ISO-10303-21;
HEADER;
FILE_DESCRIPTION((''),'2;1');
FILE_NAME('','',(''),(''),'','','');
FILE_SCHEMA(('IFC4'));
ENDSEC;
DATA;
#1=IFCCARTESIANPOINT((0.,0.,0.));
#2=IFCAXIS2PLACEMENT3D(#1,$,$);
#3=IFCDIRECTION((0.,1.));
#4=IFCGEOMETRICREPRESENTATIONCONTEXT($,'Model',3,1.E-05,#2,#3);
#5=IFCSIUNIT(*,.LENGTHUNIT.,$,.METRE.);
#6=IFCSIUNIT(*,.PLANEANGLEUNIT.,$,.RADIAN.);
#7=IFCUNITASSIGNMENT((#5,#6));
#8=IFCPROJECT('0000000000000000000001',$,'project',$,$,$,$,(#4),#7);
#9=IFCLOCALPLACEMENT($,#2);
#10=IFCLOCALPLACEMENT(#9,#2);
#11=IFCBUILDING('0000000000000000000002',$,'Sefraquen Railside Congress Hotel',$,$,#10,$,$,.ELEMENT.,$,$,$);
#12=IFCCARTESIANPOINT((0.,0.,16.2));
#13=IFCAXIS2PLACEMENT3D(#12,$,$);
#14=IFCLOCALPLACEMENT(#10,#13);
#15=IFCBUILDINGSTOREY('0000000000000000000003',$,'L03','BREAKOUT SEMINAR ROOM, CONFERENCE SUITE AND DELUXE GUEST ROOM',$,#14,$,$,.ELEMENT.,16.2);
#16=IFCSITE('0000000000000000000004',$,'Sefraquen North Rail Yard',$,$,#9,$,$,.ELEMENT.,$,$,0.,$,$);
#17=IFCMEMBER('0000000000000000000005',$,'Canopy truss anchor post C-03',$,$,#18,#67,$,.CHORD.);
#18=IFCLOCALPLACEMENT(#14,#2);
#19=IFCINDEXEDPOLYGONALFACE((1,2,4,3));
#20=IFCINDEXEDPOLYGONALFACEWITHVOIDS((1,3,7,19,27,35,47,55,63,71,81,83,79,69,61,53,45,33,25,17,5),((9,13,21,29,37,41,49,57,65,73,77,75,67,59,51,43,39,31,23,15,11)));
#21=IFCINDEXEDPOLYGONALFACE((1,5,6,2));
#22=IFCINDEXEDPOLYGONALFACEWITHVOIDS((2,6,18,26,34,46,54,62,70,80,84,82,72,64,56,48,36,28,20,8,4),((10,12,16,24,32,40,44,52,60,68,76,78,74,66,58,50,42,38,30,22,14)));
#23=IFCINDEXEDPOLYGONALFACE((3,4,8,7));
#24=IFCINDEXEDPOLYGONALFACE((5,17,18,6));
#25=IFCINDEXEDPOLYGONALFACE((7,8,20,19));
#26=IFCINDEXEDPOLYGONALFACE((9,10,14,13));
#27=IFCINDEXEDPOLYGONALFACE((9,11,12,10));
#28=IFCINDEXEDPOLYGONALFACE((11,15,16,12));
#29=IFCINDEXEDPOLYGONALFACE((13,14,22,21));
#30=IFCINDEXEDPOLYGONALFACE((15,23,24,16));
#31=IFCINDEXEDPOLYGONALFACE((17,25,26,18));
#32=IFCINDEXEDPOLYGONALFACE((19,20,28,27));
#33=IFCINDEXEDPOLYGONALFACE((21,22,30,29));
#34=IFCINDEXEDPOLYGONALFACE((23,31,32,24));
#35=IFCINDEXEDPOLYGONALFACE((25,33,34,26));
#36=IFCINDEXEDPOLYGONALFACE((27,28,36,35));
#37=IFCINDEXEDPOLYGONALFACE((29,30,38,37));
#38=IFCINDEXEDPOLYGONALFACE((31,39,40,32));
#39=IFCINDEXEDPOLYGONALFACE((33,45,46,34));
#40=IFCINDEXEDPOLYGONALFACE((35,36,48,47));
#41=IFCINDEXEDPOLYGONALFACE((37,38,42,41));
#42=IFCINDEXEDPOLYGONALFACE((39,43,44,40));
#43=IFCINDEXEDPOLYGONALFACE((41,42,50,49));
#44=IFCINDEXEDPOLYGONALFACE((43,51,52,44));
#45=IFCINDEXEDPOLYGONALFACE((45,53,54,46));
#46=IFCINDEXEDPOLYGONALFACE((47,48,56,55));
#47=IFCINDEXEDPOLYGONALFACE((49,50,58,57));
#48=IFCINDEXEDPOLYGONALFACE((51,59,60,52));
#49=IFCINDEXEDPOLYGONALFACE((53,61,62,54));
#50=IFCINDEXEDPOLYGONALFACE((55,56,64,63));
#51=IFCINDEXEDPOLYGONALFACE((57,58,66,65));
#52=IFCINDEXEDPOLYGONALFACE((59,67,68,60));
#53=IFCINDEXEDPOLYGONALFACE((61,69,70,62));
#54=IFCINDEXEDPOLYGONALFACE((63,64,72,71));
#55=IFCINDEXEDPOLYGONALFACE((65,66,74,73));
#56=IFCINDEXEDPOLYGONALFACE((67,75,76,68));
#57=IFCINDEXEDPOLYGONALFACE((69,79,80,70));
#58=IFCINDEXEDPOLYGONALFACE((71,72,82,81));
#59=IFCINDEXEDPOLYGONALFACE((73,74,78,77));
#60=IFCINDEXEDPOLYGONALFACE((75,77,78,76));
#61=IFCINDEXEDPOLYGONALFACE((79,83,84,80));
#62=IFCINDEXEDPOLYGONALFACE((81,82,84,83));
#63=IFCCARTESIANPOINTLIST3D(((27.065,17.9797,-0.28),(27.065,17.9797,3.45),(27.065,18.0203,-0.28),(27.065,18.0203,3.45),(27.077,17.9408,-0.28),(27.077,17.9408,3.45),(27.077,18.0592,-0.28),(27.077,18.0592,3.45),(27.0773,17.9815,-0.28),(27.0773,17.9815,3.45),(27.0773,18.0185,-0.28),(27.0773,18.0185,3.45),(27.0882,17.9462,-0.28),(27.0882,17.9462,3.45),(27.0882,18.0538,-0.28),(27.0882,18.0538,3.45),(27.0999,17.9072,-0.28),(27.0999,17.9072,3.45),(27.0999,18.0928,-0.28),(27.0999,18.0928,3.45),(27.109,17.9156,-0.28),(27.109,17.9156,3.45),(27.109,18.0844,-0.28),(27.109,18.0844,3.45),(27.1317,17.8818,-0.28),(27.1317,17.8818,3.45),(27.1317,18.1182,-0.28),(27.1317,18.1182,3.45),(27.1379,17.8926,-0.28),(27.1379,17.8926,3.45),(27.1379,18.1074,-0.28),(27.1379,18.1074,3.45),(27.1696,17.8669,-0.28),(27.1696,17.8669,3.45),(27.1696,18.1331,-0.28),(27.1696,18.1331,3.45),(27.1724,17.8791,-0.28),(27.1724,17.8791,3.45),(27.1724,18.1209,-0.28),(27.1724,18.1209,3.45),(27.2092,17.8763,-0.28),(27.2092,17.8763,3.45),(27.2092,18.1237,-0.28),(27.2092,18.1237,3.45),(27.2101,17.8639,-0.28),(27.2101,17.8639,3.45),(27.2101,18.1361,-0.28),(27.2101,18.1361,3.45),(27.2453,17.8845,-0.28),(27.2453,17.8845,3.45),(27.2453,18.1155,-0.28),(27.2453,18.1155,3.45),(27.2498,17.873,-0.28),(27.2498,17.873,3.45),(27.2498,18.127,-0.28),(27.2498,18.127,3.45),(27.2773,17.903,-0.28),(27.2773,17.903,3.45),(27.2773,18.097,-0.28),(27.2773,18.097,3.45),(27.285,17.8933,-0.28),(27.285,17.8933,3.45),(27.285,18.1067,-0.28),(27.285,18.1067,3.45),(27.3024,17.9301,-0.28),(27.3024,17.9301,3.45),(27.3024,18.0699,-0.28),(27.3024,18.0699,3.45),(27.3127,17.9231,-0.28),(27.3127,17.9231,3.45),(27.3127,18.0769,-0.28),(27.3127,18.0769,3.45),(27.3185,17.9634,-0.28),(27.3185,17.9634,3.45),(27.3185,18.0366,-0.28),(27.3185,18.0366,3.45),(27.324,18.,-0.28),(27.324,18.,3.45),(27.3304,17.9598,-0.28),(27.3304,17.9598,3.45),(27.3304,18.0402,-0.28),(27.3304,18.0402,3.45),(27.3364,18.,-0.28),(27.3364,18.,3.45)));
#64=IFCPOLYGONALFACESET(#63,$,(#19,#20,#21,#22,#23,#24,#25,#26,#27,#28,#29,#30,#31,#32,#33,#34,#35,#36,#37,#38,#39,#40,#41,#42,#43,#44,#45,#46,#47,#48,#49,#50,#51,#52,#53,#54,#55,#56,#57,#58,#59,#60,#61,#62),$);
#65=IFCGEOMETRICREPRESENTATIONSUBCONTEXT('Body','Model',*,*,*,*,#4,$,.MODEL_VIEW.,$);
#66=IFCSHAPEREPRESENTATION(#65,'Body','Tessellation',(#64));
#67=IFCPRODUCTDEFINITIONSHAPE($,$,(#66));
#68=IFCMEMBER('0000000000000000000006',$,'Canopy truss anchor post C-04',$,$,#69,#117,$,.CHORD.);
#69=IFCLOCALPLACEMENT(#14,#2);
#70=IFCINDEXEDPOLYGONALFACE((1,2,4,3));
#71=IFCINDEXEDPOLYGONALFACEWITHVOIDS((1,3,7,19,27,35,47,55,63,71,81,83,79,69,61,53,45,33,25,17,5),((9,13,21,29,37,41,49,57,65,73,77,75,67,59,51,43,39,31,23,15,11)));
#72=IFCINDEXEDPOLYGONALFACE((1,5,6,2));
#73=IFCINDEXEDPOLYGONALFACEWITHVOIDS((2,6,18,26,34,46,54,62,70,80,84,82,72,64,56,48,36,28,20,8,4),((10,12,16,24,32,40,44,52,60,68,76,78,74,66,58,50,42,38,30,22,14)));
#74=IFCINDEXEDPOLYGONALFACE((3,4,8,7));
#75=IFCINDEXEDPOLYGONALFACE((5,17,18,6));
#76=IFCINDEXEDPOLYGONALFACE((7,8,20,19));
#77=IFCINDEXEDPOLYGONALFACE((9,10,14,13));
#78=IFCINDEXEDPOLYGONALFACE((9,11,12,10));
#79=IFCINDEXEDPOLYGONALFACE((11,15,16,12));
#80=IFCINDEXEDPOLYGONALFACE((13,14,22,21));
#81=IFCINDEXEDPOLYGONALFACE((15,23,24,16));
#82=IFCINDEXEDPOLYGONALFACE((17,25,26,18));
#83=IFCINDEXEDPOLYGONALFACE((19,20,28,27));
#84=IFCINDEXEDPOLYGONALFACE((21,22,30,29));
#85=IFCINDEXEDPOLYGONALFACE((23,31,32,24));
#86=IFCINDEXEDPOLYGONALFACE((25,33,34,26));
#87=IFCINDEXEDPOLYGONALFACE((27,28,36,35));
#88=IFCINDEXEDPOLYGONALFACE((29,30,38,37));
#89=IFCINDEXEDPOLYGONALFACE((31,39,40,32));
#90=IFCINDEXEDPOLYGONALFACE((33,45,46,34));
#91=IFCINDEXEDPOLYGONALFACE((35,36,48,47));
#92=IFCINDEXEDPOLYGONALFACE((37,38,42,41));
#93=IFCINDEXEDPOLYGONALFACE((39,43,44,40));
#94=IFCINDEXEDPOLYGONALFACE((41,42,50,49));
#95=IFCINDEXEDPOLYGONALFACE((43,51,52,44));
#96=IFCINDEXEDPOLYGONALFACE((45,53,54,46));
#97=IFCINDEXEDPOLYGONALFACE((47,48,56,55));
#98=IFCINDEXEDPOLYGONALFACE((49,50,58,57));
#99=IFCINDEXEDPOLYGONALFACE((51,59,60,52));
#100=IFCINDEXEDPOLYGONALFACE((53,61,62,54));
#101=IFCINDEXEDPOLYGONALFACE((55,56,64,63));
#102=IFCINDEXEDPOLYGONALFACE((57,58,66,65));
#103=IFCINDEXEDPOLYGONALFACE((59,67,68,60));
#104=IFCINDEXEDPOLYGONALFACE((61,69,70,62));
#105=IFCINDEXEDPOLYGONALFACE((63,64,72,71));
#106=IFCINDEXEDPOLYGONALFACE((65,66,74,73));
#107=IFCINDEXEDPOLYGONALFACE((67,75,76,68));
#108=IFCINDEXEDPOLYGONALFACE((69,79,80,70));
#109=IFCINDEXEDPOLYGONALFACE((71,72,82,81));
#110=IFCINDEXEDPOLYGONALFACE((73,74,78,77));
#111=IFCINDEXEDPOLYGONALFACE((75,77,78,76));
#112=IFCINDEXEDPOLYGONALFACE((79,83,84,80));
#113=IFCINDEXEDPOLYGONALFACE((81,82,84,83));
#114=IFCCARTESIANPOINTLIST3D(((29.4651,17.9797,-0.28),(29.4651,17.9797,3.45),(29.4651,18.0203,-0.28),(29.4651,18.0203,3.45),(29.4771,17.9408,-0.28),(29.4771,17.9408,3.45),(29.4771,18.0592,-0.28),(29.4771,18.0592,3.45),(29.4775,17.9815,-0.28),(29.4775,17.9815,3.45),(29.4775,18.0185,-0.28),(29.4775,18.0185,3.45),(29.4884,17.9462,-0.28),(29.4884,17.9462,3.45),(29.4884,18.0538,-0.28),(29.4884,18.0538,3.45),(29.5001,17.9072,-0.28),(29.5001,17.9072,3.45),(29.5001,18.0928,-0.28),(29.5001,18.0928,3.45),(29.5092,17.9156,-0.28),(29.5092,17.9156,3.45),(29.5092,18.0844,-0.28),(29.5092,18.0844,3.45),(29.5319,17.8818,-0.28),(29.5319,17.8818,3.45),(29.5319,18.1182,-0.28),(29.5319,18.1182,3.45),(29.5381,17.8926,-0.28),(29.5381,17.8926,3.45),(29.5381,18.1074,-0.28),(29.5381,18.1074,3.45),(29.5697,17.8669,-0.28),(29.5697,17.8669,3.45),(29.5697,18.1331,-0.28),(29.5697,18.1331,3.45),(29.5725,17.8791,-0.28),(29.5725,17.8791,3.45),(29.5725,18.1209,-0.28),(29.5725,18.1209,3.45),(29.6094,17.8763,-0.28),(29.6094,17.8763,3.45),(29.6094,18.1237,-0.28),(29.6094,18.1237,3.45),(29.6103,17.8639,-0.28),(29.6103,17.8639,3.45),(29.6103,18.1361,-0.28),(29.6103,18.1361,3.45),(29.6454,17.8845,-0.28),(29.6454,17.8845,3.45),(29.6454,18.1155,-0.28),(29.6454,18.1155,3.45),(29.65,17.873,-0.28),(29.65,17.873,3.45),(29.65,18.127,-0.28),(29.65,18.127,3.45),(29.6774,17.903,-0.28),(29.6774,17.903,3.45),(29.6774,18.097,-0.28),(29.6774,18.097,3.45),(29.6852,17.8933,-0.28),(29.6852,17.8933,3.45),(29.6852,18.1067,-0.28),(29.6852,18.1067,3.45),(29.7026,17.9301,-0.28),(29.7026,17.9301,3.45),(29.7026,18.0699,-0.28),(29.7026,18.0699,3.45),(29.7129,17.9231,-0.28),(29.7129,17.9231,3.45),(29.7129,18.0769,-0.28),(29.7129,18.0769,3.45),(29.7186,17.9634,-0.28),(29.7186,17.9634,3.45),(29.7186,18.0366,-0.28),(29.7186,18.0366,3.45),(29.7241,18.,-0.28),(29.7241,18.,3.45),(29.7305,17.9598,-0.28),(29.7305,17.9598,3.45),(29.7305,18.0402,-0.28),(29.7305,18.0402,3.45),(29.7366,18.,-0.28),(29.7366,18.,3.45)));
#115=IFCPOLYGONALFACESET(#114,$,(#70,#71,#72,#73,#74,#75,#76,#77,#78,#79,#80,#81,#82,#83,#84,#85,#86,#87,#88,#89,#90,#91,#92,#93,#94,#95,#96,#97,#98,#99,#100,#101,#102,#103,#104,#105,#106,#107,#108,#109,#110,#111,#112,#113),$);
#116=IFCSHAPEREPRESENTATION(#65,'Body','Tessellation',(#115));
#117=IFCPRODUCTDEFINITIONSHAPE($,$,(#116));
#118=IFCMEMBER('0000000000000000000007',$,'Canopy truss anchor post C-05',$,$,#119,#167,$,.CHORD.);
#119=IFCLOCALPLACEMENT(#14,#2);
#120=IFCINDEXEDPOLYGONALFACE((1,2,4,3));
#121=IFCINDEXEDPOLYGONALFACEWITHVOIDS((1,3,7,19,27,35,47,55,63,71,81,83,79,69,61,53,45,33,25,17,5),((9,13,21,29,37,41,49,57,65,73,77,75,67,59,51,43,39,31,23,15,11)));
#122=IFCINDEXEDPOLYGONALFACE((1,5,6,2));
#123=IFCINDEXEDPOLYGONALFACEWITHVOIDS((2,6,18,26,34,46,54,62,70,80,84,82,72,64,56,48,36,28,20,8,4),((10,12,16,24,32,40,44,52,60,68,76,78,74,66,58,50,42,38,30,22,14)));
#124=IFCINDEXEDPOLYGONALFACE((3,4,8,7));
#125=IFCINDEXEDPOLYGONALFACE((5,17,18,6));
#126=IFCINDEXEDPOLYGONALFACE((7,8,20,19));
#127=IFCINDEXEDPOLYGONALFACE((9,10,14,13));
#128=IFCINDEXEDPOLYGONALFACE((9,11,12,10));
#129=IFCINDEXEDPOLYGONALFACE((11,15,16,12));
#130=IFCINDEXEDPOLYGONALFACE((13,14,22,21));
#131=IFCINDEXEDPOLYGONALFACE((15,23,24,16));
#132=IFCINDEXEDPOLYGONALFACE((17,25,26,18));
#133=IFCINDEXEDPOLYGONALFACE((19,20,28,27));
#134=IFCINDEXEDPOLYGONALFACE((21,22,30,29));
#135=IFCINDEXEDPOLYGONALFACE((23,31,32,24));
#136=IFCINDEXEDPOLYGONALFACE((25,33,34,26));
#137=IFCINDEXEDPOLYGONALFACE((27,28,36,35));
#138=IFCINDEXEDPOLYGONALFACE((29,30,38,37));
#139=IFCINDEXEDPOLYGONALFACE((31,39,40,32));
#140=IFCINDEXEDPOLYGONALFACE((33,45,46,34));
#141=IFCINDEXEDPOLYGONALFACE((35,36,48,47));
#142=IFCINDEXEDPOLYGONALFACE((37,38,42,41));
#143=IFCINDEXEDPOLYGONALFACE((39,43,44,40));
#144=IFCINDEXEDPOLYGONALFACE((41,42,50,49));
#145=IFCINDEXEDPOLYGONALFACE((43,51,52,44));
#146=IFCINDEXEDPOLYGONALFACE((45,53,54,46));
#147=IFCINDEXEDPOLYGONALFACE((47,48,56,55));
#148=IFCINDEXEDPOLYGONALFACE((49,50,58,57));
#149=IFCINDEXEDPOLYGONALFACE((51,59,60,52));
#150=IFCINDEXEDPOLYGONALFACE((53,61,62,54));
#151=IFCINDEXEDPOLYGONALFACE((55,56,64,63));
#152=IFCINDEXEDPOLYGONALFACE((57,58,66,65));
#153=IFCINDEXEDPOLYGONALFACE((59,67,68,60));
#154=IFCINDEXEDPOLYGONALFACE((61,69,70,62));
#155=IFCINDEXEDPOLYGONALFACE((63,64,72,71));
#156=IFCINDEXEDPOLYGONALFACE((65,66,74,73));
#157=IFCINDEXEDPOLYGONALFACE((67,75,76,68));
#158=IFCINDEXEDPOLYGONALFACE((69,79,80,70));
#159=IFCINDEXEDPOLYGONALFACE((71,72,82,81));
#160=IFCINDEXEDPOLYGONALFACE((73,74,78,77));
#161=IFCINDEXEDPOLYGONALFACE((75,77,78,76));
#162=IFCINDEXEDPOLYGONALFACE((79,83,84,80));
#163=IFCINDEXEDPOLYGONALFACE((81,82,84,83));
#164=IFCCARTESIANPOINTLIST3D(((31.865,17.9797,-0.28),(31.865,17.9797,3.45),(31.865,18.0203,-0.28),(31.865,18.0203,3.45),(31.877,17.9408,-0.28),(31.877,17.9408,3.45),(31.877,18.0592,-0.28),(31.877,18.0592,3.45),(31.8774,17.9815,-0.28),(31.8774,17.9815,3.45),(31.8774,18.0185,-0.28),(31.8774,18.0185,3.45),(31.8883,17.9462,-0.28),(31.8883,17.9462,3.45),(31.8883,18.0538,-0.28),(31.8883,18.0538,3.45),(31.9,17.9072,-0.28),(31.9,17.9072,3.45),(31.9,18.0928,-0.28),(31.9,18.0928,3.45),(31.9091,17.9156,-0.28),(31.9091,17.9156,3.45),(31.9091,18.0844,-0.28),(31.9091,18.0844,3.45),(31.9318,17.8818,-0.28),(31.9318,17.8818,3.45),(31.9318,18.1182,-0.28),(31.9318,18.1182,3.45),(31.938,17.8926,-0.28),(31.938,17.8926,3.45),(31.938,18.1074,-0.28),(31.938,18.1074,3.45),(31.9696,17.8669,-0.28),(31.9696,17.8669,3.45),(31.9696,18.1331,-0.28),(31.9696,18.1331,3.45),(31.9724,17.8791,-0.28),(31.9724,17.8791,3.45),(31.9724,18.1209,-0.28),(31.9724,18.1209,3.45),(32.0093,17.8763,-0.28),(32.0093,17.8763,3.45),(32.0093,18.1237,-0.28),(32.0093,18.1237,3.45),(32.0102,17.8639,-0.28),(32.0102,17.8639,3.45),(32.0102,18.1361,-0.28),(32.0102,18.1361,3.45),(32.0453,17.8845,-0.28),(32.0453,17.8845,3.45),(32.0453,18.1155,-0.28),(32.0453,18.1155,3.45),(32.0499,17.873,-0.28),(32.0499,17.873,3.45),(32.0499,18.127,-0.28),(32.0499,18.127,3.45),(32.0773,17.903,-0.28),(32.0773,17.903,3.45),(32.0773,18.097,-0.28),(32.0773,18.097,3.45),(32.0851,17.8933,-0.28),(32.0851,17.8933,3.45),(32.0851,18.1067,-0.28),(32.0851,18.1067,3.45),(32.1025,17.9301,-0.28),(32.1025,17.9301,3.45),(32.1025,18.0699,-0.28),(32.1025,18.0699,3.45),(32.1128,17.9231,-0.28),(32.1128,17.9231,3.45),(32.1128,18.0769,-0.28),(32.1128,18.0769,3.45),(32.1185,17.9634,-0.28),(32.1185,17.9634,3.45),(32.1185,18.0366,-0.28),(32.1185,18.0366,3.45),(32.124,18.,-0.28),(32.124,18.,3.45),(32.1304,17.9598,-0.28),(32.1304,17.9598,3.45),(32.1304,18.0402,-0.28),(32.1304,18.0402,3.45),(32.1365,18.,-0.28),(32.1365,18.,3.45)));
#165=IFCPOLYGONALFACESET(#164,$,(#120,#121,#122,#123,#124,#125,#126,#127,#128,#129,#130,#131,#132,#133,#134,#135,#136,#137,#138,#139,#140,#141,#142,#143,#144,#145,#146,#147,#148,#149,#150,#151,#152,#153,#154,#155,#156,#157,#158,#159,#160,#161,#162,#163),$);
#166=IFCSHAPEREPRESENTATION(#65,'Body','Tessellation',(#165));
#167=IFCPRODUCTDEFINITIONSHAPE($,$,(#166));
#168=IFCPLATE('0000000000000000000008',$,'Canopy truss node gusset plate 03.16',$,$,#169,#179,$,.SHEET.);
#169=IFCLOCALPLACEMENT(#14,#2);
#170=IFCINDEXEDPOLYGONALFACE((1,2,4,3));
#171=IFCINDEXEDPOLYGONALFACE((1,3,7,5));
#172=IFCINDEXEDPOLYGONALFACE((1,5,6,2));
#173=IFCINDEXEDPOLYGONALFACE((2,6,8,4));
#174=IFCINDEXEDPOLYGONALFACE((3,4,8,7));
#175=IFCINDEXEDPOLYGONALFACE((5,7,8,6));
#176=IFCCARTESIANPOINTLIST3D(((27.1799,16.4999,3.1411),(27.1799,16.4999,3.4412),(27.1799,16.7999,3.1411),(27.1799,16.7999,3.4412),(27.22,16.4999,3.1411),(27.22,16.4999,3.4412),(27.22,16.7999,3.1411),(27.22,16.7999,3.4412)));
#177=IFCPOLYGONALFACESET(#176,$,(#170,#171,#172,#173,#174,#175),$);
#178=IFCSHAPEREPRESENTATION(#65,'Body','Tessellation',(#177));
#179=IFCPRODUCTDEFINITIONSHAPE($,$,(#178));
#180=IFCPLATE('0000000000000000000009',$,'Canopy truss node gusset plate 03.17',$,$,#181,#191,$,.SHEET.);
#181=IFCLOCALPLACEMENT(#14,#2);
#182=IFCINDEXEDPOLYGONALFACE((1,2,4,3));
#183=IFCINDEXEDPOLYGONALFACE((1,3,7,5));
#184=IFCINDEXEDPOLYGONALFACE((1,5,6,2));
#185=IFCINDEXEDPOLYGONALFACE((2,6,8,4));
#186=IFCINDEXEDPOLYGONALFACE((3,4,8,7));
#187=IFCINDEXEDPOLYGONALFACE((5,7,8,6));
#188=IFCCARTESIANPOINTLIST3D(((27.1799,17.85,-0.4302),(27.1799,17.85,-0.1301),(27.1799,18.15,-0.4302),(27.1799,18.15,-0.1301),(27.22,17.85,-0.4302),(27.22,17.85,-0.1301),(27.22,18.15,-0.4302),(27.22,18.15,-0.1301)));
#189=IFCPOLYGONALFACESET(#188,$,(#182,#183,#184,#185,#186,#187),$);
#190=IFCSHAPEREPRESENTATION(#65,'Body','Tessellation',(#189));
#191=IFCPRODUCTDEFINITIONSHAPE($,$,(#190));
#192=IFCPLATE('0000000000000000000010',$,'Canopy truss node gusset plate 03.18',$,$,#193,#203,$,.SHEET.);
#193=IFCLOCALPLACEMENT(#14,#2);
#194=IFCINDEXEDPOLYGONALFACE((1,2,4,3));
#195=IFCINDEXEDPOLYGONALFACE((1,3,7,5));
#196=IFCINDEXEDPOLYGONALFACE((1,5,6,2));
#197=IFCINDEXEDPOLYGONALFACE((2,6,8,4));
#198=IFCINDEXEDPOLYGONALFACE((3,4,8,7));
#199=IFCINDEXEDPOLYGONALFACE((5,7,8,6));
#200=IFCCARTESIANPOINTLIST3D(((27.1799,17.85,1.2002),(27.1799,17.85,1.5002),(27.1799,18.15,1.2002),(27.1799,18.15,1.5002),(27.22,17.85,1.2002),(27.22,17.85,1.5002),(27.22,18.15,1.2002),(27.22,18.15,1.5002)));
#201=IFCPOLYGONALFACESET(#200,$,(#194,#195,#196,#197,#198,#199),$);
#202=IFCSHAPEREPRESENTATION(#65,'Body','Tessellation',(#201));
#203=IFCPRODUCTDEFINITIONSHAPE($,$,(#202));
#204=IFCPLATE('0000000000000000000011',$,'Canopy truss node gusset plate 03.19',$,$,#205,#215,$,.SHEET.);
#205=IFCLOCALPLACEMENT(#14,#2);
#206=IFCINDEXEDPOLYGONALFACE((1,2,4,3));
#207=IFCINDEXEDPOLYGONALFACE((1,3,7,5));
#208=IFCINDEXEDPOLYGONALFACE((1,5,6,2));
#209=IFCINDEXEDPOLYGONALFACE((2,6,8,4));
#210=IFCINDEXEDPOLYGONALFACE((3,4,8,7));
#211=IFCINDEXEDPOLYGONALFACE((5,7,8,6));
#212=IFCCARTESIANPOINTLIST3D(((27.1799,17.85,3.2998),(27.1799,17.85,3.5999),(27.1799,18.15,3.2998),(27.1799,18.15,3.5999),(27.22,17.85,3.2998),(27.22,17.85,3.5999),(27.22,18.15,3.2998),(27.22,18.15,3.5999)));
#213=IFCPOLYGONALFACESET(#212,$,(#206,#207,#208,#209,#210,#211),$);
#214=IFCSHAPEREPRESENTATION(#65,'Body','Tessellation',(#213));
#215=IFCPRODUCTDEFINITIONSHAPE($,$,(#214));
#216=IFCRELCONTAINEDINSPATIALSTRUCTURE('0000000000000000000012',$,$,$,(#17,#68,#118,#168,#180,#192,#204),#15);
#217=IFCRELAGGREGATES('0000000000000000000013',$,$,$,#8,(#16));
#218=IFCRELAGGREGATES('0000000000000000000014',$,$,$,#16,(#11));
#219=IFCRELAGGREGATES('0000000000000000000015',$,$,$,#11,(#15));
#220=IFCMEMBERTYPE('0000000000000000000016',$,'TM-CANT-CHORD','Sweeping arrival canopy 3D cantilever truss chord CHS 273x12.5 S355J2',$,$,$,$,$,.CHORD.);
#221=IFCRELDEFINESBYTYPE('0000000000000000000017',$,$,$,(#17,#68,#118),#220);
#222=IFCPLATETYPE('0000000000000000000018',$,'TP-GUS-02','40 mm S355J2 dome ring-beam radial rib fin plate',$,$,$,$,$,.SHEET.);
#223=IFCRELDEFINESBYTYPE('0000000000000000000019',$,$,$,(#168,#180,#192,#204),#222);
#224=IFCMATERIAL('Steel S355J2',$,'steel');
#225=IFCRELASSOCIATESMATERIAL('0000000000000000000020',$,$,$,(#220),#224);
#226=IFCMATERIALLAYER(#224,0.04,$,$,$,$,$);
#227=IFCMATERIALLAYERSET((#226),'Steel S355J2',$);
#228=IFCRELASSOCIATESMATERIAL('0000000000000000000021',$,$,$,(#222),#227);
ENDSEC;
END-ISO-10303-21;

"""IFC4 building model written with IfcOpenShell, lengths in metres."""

from ifc_helpers import new_model, si_unit, direction, frame, origin, origin_2d, place, context, subcontext, project, spatial, rectangle, hollow_circle, extrude, material, layer, layer_set, material_profile, profile_set, type_object, element, save


model = new_model("IFC4")

# Units and contexts
model_context = context("Model", 3, precision=1e-05, world=origin(), true_north=direction((0.0, 1.0)))
body_context = subcontext(model_context, "Body", "Model", "MODEL_VIEW")
ifc_project = project(units=[si_unit("LENGTHUNIT", "METRE"), si_unit("PLANEANGLEUNIT", "RADIAN")], contexts=[model_context])

# Site, building, storey
site_placement = place(None, origin())
site = spatial("IfcSite", under=ifc_project, at=site_placement, Name="Sefraquen North Rail Yard", CompositionType="ELEMENT", RefElevation=0.0)
building_placement = place(site_placement, origin())
building = spatial("IfcBuilding", under=site, at=building_placement, Name="Sefraquen Railside Congress Hotel", CompositionType="ELEMENT")
storey_placement = place(building_placement, frame((0.0, 0.0, 16.2)))
storey = spatial("IfcBuildingStorey", under=building, at=storey_placement, Name="L03", Description="BREAKOUT SEMINAR ROOM, CONFERENCE SUITE AND DELUXE GUEST ROOM", CompositionType="ELEMENT", Elevation=16.2)

# Shared definitions
ifc_material_1 = material(Name="Steel S355J2", Category="steel")

# Members
ifc_material_profile_1 = material_profile(ifc_material_1, hollow_circle(Radius=0.1365, WallThickness=0.0125, at=origin_2d()), Name="CHS 273x12.5")
ifc_profile_set_1 = profile_set([ifc_material_profile_1], Name="Steel S355J2")
member_type_1 = type_object("IfcMemberType", Name="TM-CANT-CHORD", Description="Sweeping arrival canopy 3D cantilever truss chord CHS 273x12.5 S355J2", PredefinedType="CHORD", material=ifc_profile_set_1)
for number, where, z_axis, x_axis, name in (
    (1, (27.2, 18.0, -0.28), (0.0, 0.0, 1.0), (1.0, 0.0, 0.0), "Canopy truss anchor post C-03"),
    (2, (29.6001, 18.0, -0.28), (0.0, 0.0, 1.0), (1.0, 0.0, 0.0), "Canopy truss anchor post C-04"),
    (3, (32.0, 18.0, -0.28), (0.0, 0.0, 1.0), (1.0, 0.0, 0.0), "Canopy truss anchor post C-05"),
):
    element("IfcMember", number, at=place(storey_placement, frame(where, z_axis=z_axis, x_axis=x_axis)), inside=storey, type_object=member_type_1, Name=name, PredefinedType="CHORD", context=body_context, shape_type="SweptSolid", body=[
        extrude(hollow_circle(Radius=0.1365, WallThickness=0.0125, at=origin_2d()), origin(), (0.0, 0.0, 1.0), 3.73),
    ])

# Plates
ifc_layer = layer(ifc_material_1, 0.04)
ifc_layer_set = layer_set([ifc_layer], Name="Steel S355J2")
plate_type = type_object("IfcPlateType", Name="TP-GUS-02", Description="40 mm S355J2 dome ring-beam radial rib fin plate", PredefinedType="SHEET", material=ifc_layer_set)
for number, where, z_axis, x_axis, name in (
    (4, (27.2, 16.6499, 3.1411), (0.0, 0.0, 1.0), (1.0, 0.0, 0.0), "Canopy truss node gusset plate 03.16"),
    (5, (27.2, 18.0, -0.4302), (0.0, 0.0, 1.0), (1.0, 0.0, 0.0), "Canopy truss node gusset plate 03.17"),
    (6, (27.2, 18.0, 1.2002), (0.0, 0.0, 1.0), (1.0, 0.0, 0.0), "Canopy truss node gusset plate 03.18"),
    (7, (27.2, 18.0, 3.2998), (0.0, 0.0, 1.0), (1.0, 0.0, 0.0), "Canopy truss node gusset plate 03.19"),
):
    element("IfcPlate", number, at=place(storey_placement, frame(where, z_axis=z_axis, x_axis=x_axis)), inside=storey, type_object=plate_type, Name=name, PredefinedType="SHEET", context=body_context, shape_type="SweptSolid", body=[
        extrude(rectangle(XDim=0.04, YDim=0.3, at=origin_2d()), origin(), (0.0, 0.0, 1.0), 0.3),
    ])

save(model, "model.ifc")
